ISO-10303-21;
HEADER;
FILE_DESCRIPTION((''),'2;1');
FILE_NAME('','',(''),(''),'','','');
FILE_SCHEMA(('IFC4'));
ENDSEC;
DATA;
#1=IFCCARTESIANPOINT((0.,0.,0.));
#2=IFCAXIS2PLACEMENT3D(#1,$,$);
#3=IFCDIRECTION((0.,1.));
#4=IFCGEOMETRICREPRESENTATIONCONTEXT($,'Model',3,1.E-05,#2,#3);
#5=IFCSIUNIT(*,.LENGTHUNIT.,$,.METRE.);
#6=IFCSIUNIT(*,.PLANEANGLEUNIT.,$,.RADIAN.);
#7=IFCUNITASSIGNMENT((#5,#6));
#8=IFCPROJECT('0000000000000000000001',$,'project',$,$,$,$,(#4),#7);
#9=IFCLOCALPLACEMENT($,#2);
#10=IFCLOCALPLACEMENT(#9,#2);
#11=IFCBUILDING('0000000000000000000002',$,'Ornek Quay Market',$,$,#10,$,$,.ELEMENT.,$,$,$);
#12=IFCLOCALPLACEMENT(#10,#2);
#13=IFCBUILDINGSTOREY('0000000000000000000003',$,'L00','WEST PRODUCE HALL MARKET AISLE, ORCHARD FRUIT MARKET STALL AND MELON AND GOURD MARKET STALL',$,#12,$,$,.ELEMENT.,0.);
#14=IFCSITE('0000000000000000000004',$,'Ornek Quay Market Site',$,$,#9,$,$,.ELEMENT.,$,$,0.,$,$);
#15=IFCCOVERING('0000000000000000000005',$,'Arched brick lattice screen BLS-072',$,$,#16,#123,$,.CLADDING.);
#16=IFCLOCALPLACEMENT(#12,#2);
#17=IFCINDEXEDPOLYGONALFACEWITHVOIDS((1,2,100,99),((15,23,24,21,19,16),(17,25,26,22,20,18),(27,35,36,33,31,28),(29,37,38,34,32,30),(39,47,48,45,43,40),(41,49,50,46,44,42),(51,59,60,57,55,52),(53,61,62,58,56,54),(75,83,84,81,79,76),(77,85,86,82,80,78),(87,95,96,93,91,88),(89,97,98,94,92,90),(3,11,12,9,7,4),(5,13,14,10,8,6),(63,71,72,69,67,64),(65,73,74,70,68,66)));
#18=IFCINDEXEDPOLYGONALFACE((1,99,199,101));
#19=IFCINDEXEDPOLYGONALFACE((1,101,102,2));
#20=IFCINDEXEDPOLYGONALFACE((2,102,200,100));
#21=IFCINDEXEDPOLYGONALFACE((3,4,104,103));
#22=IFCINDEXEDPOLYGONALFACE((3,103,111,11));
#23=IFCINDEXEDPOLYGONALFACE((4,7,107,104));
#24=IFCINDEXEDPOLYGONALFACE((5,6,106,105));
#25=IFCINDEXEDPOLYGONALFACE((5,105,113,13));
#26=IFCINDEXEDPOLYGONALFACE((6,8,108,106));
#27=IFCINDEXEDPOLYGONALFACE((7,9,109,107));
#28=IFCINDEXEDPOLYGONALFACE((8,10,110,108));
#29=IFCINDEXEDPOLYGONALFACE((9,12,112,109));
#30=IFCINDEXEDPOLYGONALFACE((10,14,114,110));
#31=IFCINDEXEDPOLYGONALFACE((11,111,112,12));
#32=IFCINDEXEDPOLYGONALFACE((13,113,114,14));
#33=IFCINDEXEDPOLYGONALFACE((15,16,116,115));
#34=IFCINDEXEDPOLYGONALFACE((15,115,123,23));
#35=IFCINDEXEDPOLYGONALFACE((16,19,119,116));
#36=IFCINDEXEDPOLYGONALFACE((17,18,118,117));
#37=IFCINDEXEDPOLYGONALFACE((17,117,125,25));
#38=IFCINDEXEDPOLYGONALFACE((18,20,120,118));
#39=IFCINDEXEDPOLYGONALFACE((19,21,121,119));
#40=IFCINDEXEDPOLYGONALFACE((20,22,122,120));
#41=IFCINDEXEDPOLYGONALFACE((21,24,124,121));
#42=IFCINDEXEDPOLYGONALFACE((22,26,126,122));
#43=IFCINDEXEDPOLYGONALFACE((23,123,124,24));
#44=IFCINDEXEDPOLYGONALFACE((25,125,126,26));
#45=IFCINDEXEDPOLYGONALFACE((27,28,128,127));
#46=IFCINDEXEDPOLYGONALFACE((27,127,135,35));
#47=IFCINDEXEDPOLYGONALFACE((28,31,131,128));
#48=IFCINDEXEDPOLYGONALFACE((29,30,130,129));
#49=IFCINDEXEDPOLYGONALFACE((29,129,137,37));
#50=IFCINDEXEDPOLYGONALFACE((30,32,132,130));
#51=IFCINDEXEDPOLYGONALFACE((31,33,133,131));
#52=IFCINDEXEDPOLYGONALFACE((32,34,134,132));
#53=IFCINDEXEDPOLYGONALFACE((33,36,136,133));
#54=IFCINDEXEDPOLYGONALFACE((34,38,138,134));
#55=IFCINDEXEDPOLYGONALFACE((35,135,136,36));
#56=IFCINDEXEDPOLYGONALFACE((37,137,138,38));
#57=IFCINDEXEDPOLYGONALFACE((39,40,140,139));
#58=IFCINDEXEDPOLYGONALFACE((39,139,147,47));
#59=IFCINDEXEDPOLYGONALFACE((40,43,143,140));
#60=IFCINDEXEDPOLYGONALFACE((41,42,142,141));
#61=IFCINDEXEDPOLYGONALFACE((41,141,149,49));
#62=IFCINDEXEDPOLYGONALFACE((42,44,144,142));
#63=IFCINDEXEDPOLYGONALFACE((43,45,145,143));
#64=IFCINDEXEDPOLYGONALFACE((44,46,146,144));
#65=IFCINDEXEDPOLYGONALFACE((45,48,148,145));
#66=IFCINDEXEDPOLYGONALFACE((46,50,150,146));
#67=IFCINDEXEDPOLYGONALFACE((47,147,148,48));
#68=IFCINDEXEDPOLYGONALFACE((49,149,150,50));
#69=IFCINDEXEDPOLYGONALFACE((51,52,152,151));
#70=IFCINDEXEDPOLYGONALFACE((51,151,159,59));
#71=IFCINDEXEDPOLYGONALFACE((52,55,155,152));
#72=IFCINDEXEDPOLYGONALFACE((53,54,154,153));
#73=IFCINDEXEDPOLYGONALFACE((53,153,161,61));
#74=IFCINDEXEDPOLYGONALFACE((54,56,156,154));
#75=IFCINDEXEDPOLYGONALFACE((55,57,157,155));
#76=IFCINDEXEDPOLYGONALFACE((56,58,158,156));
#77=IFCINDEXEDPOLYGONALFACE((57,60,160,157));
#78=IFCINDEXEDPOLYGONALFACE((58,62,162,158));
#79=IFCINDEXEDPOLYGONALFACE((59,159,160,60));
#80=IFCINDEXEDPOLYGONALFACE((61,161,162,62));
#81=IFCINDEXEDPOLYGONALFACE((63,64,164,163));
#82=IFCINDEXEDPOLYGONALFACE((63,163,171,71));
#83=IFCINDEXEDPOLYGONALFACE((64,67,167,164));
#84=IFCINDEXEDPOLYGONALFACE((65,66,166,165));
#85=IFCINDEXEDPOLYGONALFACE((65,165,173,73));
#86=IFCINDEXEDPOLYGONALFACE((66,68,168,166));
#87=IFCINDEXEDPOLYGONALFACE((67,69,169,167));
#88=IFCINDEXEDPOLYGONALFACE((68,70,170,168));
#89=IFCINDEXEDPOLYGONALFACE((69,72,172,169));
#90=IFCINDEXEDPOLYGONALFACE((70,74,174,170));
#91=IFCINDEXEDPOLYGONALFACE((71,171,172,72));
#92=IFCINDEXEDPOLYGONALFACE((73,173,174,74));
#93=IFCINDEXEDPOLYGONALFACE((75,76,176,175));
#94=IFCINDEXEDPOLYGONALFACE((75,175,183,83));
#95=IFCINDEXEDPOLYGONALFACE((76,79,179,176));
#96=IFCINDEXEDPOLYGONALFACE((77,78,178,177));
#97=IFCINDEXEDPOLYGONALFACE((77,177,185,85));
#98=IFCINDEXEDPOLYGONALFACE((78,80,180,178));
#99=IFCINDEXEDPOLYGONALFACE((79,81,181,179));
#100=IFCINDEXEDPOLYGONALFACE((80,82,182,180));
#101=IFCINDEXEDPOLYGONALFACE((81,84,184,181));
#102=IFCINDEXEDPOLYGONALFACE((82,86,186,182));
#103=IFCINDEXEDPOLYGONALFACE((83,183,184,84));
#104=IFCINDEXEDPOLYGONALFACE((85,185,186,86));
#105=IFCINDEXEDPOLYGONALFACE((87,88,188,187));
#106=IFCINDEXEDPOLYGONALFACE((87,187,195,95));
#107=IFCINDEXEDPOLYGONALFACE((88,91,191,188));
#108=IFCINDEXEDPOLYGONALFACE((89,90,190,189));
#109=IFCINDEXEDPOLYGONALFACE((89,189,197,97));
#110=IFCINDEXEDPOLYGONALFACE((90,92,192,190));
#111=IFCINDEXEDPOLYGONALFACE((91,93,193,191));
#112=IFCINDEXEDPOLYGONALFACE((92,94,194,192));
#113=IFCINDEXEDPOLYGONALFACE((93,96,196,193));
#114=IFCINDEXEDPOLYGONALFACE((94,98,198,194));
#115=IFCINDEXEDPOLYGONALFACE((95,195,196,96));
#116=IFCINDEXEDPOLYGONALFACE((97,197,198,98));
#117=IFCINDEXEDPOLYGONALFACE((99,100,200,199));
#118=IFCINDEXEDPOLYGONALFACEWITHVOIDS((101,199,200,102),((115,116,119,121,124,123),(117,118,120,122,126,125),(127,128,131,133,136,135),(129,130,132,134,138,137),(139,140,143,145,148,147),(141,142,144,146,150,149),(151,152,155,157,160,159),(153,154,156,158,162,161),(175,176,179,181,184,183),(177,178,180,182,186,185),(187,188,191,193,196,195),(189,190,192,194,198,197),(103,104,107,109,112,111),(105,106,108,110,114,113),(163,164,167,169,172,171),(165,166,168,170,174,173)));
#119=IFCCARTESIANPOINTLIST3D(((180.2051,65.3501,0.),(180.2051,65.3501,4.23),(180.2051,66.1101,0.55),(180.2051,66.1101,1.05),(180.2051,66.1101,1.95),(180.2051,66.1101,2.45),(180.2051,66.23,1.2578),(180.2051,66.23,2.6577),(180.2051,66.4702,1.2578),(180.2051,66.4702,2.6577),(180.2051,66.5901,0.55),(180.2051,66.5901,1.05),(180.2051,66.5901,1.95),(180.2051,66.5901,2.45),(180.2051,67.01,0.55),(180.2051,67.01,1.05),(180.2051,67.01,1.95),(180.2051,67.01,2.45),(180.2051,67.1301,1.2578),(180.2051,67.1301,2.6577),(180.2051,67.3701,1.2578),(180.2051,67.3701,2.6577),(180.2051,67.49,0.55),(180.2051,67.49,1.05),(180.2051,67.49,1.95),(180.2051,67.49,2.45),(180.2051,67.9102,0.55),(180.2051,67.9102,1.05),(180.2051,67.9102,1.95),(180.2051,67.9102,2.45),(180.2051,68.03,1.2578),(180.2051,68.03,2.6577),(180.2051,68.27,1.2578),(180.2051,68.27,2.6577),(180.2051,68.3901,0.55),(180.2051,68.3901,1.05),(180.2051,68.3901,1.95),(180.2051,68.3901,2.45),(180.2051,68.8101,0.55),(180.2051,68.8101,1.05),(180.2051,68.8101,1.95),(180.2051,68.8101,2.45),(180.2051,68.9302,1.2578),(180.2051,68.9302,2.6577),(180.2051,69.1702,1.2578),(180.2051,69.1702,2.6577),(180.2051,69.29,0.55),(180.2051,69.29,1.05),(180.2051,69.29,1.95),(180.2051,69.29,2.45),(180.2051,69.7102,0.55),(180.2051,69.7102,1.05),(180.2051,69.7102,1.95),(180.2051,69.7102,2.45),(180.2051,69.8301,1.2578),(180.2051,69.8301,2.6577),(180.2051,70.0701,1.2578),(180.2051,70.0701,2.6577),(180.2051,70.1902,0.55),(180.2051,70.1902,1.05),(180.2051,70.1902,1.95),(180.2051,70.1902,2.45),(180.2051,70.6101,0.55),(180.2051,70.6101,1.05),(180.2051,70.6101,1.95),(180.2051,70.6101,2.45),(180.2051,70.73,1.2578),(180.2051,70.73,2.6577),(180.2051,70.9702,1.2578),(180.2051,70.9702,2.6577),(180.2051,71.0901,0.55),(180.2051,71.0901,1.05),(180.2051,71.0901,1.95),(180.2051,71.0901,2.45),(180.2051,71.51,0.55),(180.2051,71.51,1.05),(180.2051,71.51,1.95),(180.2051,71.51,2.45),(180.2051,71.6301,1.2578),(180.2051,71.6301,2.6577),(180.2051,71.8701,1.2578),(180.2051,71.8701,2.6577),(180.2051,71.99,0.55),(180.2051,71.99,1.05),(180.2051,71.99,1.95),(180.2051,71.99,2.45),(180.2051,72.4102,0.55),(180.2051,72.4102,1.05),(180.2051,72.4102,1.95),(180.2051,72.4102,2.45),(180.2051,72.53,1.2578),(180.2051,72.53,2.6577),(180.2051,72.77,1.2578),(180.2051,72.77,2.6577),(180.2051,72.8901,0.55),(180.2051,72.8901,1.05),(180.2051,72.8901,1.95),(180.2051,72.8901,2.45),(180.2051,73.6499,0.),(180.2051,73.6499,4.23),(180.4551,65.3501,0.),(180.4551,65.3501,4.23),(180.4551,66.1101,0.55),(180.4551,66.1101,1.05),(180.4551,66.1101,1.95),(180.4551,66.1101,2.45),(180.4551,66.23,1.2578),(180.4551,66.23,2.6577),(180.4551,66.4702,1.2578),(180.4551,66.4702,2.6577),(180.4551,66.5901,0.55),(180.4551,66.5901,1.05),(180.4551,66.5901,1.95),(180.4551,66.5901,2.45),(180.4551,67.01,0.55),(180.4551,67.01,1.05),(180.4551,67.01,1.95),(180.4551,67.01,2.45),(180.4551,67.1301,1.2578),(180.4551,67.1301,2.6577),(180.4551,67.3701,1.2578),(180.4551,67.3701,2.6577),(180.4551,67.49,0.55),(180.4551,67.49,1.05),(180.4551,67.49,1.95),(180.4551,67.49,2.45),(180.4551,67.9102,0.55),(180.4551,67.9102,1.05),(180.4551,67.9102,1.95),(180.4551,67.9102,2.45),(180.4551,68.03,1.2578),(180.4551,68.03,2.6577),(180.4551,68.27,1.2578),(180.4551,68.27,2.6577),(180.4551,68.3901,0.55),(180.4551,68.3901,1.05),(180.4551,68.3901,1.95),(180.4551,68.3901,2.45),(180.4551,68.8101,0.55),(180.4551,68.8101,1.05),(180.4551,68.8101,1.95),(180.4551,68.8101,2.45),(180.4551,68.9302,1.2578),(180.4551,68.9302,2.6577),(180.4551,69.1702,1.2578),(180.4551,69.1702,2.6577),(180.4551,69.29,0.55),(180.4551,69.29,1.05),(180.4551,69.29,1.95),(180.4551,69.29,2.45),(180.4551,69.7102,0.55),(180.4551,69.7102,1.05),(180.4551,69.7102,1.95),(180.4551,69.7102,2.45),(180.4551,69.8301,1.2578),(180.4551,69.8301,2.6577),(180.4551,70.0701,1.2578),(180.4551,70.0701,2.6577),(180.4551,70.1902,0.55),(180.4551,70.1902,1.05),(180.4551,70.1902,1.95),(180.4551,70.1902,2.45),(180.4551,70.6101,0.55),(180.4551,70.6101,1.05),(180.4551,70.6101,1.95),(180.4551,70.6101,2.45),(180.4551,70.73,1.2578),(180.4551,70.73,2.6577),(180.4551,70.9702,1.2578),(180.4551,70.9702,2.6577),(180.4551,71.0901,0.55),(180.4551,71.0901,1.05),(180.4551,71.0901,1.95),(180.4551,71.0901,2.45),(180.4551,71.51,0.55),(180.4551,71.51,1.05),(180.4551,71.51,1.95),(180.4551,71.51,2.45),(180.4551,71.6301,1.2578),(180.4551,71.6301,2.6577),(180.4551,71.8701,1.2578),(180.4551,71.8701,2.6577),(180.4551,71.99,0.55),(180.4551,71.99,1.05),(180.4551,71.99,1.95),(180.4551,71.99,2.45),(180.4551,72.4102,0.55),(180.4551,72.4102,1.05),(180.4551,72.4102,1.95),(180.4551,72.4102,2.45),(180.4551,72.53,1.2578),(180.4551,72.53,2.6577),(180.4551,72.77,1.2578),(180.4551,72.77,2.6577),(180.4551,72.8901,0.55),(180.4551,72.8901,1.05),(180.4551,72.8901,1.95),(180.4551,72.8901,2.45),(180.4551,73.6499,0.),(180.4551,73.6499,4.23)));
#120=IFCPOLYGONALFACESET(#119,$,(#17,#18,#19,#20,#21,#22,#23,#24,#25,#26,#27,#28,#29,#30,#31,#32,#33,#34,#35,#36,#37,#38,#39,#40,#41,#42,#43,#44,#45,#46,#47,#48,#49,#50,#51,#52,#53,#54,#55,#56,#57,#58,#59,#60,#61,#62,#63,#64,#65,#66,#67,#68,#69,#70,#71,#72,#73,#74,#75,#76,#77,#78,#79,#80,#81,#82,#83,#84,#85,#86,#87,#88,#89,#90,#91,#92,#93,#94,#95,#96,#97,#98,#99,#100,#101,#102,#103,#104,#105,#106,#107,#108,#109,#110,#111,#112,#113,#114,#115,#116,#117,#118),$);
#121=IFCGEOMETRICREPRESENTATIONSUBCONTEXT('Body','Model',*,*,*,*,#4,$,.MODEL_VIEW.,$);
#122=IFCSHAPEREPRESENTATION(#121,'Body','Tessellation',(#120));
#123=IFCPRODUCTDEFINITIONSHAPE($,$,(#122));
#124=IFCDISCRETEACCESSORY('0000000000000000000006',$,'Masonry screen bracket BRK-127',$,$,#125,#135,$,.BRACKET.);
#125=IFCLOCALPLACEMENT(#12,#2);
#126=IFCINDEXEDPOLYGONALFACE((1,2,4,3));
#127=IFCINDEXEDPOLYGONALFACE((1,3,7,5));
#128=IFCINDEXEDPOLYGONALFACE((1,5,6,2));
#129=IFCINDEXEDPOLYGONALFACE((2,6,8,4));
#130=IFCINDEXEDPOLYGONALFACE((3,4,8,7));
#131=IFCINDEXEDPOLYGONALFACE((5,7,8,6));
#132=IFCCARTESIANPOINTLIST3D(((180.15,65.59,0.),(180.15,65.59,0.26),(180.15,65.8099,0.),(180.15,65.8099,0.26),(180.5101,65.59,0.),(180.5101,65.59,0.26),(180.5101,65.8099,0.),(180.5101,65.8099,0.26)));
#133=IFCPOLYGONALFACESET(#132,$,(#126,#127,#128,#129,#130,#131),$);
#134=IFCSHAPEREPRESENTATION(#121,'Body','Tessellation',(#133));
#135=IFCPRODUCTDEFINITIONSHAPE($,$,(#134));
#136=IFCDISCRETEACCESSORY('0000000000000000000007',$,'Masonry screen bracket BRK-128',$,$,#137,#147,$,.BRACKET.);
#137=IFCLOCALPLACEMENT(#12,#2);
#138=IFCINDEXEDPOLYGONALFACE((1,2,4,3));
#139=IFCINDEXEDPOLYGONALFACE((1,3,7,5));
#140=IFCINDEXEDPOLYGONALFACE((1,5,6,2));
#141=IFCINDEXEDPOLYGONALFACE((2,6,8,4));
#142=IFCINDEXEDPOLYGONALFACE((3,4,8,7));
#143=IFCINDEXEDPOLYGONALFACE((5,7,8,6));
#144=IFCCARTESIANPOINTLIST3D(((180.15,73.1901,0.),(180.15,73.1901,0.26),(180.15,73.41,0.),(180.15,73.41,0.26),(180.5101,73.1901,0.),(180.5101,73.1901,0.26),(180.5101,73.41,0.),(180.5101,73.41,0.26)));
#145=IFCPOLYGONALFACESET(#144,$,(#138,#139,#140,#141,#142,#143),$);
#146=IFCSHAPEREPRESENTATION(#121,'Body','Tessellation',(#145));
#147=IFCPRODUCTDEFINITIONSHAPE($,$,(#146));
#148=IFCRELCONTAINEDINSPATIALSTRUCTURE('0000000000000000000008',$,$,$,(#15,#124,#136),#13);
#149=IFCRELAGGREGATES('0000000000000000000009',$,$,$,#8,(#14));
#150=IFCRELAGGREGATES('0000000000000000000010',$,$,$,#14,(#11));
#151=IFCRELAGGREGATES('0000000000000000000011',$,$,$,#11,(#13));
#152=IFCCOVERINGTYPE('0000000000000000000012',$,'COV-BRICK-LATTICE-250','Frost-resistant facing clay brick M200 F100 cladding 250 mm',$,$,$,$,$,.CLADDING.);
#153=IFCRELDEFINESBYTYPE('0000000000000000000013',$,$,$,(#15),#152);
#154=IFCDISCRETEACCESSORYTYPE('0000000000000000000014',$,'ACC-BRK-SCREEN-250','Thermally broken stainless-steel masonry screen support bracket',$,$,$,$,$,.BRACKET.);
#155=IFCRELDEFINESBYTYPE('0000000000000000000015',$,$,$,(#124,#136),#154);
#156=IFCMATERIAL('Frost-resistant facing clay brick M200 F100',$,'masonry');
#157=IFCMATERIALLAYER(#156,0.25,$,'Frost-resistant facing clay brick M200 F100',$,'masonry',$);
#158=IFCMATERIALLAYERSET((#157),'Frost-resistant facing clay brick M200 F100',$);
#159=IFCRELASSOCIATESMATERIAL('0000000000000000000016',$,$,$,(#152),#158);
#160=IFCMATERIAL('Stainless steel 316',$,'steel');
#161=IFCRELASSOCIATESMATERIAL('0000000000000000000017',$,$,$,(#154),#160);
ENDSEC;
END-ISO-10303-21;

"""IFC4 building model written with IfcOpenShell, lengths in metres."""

from ifc_helpers import new_model, si_unit, direction, frame, origin, origin_2d, place, context, subcontext, project, spatial, polyline, rectangle, outline, extrude, material, layer, layer_set, type_object, element, save


model = new_model("IFC4")

# Units and contexts
model_context = context("Model", 3, precision=1e-05, world=origin(), true_north=direction((0.0, 1.0)))
body_context = subcontext(model_context, "Body", "Model", "MODEL_VIEW")
ifc_project = project(units=[si_unit("LENGTHUNIT", "METRE"), si_unit("PLANEANGLEUNIT", "RADIAN")], contexts=[model_context])

# Site, building, storey
site_placement = place(None, origin())
site = spatial("IfcSite", under=ifc_project, at=site_placement, Name="Ornek Quay Market Site", CompositionType="ELEMENT", RefElevation=0.0)
building_placement = place(site_placement, origin())
building = spatial("IfcBuilding", under=site, at=building_placement, Name="Ornek Quay Market", CompositionType="ELEMENT")
storey_placement = place(building_placement, origin())
storey = spatial("IfcBuildingStorey", under=building, at=storey_placement, Name="L00", Description="WEST PRODUCE HALL MARKET AISLE, ORCHARD FRUIT MARKET STALL AND MELON AND GOURD MARKET STALL", CompositionType="ELEMENT", Elevation=0.0)

# Shared definitions
ifc_material_1 = material(Name="Frost-resistant facing clay brick M200 F100", Category="masonry")

# Covering
ifc_layer_1 = layer(ifc_material_1, 0.25, Name="Frost-resistant facing clay brick M200 F100", Category="masonry")
ifc_layer_set_1 = layer_set([ifc_layer_1], Name="Frost-resistant facing clay brick M200 F100")
covering_type = type_object("IfcCoveringType", Name="COV-BRICK-LATTICE-250", Description="Frost-resistant facing clay brick M200 F100 cladding 250 mm", PredefinedType="CLADDING", material=ifc_layer_set_1)
covering_placement = place(storey_placement, frame((180.3301, 65.3501, 0.0), z_axis=(0.0, 0.0, 1.0), x_axis=(0.0, 1.0, 0.0)))
element("IfcCovering", 1, at=covering_placement, inside=storey, type_object=covering_type, Name="Arched brick lattice screen BLS-072", PredefinedType="CLADDING", context=body_context, shape_type="SweptSolid", body=[
    extrude(outline(polyline([(0.0, 0.0), (8.2998, 0.0), (8.2998, 4.23), (0.0, 4.23), (0.0, 0.0)]), holes=[polyline([(0.76, 0.55), (1.24, 0.55), (1.24, 1.05), (1.1201, 1.2578), (0.8799, 1.2578), (0.76, 1.05), (0.76, 0.55)]), polyline([(0.76, 1.95), (1.24, 1.95), (1.24, 2.45), (1.1201, 2.6577), (0.8799, 2.6577), (0.76, 2.45), (0.76, 1.95)]), polyline([(1.6599, 0.55), (2.1399, 0.55), (2.1399, 1.05), (2.02, 1.2578), (1.78, 1.2578), (1.6599, 1.05), (1.6599, 0.55)]), polyline([(1.6599, 1.95), (2.1399, 1.95), (2.1399, 2.45), (2.02, 2.6577), (1.78, 2.6577), (1.6599, 2.45), (1.6599, 1.95)]), polyline([(2.5601, 0.55), (3.04, 0.55), (3.04, 1.05), (2.9199, 1.2578), (2.6799, 1.2578), (2.5601, 1.05), (2.5601, 0.55)]), polyline([(2.5601, 1.95), (3.04, 1.95), (3.04, 2.45), (2.9199, 2.6577), (2.6799, 2.6577), (2.5601, 2.45), (2.5601, 1.95)]), polyline([(3.46, 0.55), (3.9399, 0.55), (3.9399, 1.05), (3.8201, 1.2578), (3.5801, 1.2578), (3.46, 1.05), (3.46, 0.55)]), polyline([(3.46, 1.95), (3.9399, 1.95), (3.9399, 2.45), (3.8201, 2.6577), (3.5801, 2.6577), (3.46, 2.45), (3.46, 1.95)]), polyline([(4.3601, 0.55), (4.8401, 0.55), (4.8401, 1.05), (4.72, 1.2578), (4.48, 1.2578), (4.3601, 1.05), (4.3601, 0.55)]), polyline([(4.3601, 1.95), (4.8401, 1.95), (4.8401, 2.45), (4.72, 2.6577), (4.48, 2.6577), (4.3601, 2.45), (4.3601, 1.95)]), polyline([(5.26, 0.55), (5.74, 0.55), (5.74, 1.05), (5.6201, 1.2578), (5.3799, 1.2578), (5.26, 1.05), (5.26, 0.55)]), polyline([(5.26, 1.95), (5.74, 1.95), (5.74, 2.45), (5.6201, 2.6577), (5.3799, 2.6577), (5.26, 2.45), (5.26, 1.95)]), polyline([(6.1599, 0.55), (6.6399, 0.55), (6.6399, 1.05), (6.52, 1.2578), (6.28, 1.2578), (6.1599, 1.05), (6.1599, 0.55)]), polyline([(6.1599, 1.95), (6.6399, 1.95), (6.6399, 2.45), (6.52, 2.6577), (6.28, 2.6577), (6.1599, 2.45), (6.1599, 1.95)]), polyline([(7.0601, 0.55), (7.54, 0.55), (7.54, 1.05), (7.4199, 1.2578), (7.1799, 1.2578), (7.0601, 1.05), (7.0601, 0.55)]), polyline([(7.0601, 1.95), (7.54, 1.95), (7.54, 2.45), (7.4199, 2.6577), (7.1799, 2.6577), (7.0601, 2.45), (7.0601, 1.95)])]), frame((0.0, 0.125, 0.0), z_axis=(0.0, -1.0, 0.0), x_axis=(1.0, 0.0, 0.0)), (0.0, 0.0, 1.0), 0.25),
])

# Discrete accessories
ifc_material_2 = material(Name="Stainless steel 316", Category="steel")
discrete_accessory_type = type_object("IfcDiscreteAccessoryType", Name="ACC-BRK-SCREEN-250", Description="Thermally broken stainless-steel masonry screen support bracket", PredefinedType="BRACKET", material=ifc_material_2)
for number, where, z_axis, x_axis, name in (
    (2, (180.3301, 65.7, 0.0), (0.0, 0.0, 1.0), (0.0, 1.0, 0.0), "Masonry screen bracket BRK-127"),
    (3, (180.3301, 73.3, 0.0), (0.0, 0.0, 1.0), (0.0, 1.0, 0.0), "Masonry screen bracket BRK-128"),
):
    element("IfcDiscreteAccessory", number, at=place(storey_placement, frame(where, z_axis=z_axis, x_axis=x_axis)), inside=storey, type_object=discrete_accessory_type, Name=name, PredefinedType="BRACKET", context=body_context, shape_type="SweptSolid", body=[
        extrude(rectangle(XDim=0.22, YDim=0.3601, at=origin_2d()), origin(), (0.0, 0.0, 1.0), 0.26),
    ])

save(model, "model.ifc")
